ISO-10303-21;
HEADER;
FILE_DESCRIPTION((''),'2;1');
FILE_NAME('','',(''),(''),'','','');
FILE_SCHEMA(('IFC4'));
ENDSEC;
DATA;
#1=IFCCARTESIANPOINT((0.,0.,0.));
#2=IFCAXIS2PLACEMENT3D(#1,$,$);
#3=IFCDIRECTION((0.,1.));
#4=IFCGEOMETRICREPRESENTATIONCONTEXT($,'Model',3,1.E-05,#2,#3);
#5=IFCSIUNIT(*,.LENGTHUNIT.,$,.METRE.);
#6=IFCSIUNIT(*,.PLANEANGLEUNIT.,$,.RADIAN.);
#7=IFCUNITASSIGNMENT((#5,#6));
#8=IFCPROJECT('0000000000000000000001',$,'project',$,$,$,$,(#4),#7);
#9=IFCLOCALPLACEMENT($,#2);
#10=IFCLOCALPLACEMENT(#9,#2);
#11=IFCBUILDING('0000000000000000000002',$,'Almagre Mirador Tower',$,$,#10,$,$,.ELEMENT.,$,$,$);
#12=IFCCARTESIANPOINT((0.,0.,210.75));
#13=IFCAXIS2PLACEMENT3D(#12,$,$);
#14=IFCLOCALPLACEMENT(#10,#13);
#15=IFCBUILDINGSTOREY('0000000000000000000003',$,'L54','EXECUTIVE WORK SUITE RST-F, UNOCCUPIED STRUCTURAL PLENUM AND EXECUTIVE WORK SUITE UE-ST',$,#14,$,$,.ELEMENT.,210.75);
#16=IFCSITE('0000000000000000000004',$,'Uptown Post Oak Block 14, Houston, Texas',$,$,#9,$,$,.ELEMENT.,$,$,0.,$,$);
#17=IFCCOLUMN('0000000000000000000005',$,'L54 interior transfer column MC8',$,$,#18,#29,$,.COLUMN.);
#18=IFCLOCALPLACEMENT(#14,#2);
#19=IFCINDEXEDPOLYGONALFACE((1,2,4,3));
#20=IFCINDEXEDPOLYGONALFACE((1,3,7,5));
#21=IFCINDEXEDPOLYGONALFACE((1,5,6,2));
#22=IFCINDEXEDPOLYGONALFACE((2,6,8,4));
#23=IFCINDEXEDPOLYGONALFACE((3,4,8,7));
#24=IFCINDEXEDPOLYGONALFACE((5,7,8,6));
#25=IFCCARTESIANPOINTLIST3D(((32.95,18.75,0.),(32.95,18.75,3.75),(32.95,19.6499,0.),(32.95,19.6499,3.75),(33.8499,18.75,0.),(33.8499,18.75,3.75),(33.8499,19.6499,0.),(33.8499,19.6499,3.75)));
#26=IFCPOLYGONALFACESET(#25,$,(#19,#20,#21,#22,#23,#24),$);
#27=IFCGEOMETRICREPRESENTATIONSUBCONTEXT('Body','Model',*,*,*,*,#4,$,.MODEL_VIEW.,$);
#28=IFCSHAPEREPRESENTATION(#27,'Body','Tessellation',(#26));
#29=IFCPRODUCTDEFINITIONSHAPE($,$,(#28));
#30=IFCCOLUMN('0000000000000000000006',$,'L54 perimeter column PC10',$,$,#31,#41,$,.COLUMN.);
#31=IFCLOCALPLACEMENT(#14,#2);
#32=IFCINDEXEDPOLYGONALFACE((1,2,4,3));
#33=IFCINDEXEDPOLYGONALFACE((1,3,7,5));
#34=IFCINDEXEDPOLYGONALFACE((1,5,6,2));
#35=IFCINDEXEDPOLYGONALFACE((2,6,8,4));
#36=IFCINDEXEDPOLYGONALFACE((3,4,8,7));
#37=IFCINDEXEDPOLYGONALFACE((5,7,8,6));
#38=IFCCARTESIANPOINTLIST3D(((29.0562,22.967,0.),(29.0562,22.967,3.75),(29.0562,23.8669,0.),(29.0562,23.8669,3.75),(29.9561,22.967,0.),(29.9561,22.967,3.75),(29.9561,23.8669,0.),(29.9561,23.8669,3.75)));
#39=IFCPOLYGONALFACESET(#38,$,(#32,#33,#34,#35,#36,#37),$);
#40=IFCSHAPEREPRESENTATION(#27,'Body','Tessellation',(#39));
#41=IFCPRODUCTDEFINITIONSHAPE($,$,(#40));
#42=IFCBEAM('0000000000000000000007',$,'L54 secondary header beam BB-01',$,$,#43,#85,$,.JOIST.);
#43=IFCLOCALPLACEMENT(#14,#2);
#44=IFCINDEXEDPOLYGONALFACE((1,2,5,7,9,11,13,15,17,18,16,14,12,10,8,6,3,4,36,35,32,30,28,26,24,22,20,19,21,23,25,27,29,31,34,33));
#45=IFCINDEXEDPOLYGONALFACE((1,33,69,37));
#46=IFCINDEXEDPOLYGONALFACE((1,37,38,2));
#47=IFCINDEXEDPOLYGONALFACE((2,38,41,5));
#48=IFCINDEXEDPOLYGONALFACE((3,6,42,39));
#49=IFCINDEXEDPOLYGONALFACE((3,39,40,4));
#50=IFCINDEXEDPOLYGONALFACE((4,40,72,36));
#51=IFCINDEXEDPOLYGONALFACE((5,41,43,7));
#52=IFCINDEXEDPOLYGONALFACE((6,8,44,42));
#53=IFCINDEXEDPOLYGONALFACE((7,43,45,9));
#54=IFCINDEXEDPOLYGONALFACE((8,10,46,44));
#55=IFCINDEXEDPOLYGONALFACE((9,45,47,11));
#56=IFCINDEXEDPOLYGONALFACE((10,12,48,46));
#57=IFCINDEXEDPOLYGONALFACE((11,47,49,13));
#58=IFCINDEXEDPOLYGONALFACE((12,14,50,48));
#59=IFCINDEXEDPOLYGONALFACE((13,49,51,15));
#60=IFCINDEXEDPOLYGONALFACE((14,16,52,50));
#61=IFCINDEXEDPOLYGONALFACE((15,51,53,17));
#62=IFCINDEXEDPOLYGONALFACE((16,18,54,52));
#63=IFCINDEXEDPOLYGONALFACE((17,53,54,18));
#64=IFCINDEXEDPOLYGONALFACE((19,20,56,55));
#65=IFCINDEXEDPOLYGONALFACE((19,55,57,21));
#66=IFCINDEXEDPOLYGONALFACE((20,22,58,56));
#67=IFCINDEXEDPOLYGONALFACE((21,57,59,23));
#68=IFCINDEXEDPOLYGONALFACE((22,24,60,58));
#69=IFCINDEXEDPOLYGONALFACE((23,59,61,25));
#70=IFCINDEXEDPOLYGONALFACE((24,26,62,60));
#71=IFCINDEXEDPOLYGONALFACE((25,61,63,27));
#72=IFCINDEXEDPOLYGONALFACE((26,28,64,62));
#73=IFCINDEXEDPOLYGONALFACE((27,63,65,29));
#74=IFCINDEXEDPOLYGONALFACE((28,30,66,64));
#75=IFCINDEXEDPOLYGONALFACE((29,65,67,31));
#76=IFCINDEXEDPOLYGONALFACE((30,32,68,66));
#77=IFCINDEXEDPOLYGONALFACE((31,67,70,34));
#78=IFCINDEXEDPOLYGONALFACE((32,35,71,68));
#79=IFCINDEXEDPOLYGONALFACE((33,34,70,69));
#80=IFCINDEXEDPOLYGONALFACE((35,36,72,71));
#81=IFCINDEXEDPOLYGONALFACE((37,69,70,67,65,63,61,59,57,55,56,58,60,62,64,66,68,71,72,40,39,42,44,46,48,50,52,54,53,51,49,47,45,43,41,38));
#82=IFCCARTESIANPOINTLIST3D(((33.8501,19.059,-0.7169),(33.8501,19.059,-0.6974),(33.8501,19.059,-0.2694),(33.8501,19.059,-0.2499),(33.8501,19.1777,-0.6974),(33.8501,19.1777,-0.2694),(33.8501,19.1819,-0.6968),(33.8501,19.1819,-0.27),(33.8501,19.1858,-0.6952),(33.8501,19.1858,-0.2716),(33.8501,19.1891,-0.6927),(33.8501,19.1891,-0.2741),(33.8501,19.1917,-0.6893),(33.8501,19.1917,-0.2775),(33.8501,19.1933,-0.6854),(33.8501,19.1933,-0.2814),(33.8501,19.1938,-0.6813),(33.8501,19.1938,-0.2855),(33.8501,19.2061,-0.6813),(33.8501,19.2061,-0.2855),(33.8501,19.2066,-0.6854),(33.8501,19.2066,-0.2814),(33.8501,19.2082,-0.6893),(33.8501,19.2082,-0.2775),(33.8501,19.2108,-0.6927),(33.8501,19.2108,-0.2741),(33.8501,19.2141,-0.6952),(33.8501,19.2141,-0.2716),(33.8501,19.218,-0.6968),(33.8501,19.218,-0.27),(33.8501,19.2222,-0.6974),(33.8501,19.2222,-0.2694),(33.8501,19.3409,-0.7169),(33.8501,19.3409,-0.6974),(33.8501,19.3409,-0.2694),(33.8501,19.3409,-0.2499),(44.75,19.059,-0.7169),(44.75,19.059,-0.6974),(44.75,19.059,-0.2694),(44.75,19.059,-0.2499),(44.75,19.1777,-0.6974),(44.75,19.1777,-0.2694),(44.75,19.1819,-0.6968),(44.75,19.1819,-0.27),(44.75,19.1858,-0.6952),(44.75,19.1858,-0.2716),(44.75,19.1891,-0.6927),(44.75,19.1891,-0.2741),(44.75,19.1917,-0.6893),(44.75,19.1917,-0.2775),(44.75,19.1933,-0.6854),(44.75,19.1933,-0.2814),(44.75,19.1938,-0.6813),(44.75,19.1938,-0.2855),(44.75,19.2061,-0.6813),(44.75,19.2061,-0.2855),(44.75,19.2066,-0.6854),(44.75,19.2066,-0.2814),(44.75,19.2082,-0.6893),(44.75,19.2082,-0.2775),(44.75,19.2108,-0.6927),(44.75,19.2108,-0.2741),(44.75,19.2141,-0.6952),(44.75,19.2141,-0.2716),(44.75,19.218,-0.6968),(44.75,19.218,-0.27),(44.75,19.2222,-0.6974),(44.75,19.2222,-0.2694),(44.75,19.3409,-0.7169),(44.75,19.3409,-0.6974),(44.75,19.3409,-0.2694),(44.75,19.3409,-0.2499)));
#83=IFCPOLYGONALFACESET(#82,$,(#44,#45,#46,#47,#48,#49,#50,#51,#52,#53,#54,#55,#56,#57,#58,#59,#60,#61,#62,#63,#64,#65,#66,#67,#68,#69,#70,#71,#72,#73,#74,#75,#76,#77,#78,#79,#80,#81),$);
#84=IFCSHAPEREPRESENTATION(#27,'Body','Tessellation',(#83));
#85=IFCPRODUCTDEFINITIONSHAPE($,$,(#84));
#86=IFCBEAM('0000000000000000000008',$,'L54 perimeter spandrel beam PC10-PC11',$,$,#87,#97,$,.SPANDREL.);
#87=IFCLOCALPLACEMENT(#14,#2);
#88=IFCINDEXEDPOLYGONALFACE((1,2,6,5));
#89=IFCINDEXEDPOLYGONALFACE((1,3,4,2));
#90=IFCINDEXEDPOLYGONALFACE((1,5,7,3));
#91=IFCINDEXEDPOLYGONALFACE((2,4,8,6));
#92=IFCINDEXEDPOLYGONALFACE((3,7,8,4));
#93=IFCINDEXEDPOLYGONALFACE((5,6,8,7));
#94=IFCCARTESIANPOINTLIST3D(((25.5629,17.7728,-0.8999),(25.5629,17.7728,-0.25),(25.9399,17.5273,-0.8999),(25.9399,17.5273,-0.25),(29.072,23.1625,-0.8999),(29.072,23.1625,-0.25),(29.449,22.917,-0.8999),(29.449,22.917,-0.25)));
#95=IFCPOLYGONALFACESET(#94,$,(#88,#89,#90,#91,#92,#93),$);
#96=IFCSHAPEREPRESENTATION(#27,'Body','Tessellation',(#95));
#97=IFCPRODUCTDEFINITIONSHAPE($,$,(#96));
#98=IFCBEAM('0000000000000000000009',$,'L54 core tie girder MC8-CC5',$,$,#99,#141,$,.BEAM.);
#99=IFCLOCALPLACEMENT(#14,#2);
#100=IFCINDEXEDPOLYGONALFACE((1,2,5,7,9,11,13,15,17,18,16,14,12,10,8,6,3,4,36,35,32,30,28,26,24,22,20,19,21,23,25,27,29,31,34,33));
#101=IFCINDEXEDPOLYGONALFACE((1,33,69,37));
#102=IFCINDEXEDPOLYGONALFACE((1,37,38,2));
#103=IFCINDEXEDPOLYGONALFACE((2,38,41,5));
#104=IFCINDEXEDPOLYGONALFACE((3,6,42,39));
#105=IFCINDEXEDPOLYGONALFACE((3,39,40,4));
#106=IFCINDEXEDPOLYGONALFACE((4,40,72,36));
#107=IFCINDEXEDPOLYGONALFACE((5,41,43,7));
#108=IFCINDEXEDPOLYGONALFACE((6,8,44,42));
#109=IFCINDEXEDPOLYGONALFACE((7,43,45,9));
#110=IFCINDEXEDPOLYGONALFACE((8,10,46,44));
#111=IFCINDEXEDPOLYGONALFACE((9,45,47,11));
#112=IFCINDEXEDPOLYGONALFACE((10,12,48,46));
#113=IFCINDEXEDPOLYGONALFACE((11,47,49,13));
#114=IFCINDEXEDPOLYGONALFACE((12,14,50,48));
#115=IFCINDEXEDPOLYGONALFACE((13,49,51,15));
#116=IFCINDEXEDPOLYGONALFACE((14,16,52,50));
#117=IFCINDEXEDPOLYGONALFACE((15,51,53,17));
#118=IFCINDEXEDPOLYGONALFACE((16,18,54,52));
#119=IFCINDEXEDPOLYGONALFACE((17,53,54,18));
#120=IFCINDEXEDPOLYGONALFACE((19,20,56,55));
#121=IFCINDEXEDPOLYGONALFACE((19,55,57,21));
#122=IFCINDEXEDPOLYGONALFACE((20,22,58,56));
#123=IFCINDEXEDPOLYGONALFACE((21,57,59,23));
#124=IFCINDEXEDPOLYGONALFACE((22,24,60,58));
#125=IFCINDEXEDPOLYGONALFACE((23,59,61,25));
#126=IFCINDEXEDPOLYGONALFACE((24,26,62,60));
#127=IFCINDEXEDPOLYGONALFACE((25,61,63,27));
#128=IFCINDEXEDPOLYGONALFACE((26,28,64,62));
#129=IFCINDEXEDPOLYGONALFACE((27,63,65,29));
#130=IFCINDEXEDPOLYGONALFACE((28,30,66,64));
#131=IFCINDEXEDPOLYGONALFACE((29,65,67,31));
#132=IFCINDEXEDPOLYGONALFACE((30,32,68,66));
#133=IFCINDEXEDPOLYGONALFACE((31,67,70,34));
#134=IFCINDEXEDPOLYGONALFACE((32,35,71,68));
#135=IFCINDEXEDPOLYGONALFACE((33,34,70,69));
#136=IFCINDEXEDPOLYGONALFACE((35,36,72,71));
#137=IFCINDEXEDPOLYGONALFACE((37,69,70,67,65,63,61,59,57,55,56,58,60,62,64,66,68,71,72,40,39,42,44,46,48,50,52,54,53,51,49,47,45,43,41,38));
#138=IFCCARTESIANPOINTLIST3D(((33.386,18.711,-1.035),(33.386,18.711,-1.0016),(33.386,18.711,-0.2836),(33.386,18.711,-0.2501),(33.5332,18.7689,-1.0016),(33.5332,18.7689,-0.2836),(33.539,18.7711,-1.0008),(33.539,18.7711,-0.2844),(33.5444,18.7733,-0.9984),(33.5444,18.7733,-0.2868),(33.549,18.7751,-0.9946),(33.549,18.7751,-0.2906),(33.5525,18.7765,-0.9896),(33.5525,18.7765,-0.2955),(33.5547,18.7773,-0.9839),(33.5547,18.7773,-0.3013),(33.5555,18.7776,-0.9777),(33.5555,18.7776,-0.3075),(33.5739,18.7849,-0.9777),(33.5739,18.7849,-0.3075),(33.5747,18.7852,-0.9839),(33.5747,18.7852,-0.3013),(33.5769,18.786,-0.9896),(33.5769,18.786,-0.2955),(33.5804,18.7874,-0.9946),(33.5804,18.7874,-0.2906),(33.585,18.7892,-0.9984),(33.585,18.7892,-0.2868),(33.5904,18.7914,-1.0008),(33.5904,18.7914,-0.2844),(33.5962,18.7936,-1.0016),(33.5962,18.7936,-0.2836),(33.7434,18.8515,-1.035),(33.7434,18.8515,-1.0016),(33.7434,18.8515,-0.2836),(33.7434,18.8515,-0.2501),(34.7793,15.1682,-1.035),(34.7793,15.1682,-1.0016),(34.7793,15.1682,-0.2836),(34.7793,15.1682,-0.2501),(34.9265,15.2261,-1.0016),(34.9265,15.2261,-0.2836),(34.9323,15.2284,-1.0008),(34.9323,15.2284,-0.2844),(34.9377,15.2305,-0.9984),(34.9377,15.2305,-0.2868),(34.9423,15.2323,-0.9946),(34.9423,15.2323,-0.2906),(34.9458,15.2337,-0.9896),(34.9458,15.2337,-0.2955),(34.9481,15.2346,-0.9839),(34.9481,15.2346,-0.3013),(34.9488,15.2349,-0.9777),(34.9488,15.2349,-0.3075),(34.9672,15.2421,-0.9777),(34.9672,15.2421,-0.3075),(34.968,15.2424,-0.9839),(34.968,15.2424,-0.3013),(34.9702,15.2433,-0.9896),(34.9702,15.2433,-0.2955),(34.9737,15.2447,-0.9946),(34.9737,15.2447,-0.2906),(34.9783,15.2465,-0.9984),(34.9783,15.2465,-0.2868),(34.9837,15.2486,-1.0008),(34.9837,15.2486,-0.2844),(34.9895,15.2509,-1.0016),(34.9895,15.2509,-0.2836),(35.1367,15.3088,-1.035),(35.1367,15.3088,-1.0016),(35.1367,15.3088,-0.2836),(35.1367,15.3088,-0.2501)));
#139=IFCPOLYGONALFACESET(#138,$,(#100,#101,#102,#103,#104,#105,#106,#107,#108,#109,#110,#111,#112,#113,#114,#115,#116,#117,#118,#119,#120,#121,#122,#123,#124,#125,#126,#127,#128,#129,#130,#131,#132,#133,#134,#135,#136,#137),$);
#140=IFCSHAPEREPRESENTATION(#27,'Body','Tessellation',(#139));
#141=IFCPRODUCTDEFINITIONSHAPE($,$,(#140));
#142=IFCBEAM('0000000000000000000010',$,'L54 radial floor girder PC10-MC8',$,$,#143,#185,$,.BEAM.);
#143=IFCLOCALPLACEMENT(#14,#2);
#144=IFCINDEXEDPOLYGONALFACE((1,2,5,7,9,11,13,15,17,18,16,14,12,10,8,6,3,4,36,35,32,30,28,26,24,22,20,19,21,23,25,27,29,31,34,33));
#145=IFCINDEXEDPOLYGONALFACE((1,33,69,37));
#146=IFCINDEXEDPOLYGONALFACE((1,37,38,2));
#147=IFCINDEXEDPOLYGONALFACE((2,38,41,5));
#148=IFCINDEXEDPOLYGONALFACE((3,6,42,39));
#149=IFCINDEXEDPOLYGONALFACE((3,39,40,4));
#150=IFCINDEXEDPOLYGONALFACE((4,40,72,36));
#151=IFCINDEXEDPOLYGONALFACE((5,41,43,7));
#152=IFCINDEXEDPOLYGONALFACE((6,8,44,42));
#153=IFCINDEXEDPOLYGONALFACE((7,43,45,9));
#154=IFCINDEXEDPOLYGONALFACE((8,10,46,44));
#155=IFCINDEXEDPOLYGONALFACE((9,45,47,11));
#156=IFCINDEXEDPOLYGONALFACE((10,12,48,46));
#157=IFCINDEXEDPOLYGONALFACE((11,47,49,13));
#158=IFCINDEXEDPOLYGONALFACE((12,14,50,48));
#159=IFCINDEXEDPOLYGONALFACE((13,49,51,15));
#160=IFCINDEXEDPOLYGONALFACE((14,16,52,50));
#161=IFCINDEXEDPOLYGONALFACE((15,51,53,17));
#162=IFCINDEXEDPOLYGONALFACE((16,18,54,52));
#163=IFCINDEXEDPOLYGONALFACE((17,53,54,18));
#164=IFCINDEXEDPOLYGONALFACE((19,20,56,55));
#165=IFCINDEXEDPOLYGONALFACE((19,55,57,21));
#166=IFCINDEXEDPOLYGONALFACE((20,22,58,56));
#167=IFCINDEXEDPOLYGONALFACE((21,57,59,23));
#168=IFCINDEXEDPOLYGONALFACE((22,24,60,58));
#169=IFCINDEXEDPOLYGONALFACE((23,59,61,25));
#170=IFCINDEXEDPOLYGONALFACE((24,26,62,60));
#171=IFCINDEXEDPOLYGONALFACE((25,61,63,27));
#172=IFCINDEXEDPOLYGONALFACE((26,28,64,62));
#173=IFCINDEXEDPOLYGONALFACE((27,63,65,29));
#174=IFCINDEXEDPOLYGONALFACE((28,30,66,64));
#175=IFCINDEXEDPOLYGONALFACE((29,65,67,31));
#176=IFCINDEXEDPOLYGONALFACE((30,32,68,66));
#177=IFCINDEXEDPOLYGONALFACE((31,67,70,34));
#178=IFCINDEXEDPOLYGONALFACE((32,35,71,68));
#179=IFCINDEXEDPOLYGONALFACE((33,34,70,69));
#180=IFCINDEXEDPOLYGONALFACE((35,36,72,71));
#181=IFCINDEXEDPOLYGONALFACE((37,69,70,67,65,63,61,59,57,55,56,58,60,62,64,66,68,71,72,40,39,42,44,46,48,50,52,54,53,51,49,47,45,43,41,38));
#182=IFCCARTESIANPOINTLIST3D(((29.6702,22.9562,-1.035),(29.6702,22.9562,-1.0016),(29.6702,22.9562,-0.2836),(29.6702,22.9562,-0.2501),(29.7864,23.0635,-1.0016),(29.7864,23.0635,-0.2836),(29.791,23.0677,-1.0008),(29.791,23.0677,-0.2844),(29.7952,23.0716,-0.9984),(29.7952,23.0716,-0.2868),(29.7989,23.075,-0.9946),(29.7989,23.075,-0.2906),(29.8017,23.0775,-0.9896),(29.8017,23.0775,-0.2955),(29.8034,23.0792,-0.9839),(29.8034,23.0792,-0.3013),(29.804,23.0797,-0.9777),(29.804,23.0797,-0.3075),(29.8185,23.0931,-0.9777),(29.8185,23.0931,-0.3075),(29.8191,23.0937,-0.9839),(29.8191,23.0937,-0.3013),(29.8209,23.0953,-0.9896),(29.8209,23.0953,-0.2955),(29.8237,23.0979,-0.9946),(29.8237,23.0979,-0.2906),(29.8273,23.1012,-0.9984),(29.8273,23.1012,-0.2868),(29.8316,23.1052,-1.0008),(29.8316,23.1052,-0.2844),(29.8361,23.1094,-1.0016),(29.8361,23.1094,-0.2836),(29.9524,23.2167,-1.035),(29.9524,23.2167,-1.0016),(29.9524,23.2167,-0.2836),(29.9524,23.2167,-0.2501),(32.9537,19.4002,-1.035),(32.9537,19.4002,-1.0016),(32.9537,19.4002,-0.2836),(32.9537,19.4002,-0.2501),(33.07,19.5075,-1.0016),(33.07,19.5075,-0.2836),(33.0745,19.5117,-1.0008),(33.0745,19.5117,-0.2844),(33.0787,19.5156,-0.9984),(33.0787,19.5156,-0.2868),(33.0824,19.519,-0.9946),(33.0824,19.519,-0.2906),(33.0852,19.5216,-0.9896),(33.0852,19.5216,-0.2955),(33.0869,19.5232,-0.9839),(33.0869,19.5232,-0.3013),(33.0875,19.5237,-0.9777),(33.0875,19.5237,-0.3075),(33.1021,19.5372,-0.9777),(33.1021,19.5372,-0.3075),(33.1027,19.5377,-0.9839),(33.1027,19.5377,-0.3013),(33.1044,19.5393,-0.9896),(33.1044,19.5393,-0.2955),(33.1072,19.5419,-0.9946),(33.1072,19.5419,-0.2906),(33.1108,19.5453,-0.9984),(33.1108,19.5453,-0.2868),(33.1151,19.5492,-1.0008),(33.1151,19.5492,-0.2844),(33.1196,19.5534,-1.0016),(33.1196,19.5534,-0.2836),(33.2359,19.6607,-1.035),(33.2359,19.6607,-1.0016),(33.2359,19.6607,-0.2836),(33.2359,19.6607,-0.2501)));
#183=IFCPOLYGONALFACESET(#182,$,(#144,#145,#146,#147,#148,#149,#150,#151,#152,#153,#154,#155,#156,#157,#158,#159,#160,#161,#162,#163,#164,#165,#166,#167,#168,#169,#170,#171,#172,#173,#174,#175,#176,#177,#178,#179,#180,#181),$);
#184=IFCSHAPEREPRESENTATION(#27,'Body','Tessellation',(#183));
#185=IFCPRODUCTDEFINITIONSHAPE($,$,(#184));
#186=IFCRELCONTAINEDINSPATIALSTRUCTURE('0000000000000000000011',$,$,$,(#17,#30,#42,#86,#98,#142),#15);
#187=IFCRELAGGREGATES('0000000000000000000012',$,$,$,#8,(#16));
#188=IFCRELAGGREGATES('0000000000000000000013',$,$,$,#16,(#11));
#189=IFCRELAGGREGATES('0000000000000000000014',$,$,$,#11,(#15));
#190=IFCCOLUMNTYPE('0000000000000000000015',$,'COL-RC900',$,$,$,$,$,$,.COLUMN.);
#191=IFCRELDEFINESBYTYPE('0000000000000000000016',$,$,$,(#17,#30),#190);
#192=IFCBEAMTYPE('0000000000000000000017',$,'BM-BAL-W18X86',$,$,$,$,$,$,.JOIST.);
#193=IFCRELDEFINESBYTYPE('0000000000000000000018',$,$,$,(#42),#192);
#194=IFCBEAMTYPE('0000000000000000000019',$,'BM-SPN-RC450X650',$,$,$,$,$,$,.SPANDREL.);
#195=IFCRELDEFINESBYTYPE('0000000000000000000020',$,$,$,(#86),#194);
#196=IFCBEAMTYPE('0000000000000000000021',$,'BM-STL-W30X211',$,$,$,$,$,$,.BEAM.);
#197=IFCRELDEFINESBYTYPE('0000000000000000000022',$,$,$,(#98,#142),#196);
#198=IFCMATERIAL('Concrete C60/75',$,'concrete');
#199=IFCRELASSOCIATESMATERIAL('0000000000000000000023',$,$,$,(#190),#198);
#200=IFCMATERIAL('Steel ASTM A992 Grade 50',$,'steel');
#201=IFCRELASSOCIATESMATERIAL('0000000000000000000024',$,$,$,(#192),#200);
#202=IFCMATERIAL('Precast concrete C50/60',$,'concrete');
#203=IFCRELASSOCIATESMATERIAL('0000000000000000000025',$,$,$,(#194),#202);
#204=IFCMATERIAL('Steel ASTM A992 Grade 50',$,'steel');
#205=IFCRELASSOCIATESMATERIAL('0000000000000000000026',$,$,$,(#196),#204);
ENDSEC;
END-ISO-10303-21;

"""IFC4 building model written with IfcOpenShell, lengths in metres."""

from ifc_helpers import new_model, si_unit, direction, frame, origin, origin_2d, place, context, subcontext, project, spatial, rectangle, i_section, extrude, material, material_profile, profile_set, type_object, element, save


model = new_model("IFC4")

# Units and contexts
model_context = context("Model", 3, precision=1e-05, world=origin(), true_north=direction((0.0, 1.0)))
body_context = subcontext(model_context, "Body", "Model", "MODEL_VIEW")
ifc_project = project(units=[si_unit("LENGTHUNIT", "METRE"), si_unit("PLANEANGLEUNIT", "RADIAN")], contexts=[model_context])

# Site, building, storey
site_placement = place(None, origin())
site = spatial("IfcSite", under=ifc_project, at=site_placement, Name="Uptown Post Oak Block 14, Houston, Texas", CompositionType="ELEMENT", RefElevation=0.0)
building_placement = place(site_placement, origin())
building = spatial("IfcBuilding", under=site, at=building_placement, Name="Almagre Mirador Tower", CompositionType="ELEMENT")
storey_placement = place(building_placement, frame((0.0, 0.0, 210.75)))
storey = spatial("IfcBuildingStorey", under=building, at=storey_placement, Name="L54", Description="EXECUTIVE WORK SUITE RST-F, UNOCCUPIED STRUCTURAL PLENUM AND EXECUTIVE WORK SUITE UE-ST", CompositionType="ELEMENT", Elevation=210.75)

# Columns
ifc_material_1 = material(Name="Concrete C60/75", Category="concrete")
ifc_material_profile_1 = material_profile(ifc_material_1, rectangle(XDim=0.8999, YDim=0.8999, at=origin_2d()), Name="RC900X900")
ifc_profile_set_1 = profile_set([ifc_material_profile_1], Name="Concrete C60/75")
column_type = type_object("IfcColumnType", Name="COL-RC900", PredefinedType="COLUMN", material=ifc_profile_set_1)
for number, where, z_axis, x_axis, name in (
    (1, (33.3999, 19.2, 0.0), (0.0, 0.0, 1.0), (1.0, 0.0, 0.0), "L54 interior transfer column MC8"),
    (2, (29.5061, 23.417, 0.0), (0.0, 0.0, 1.0), (1.0, 0.0, 0.0), "L54 perimeter column PC10"),
):
    element("IfcColumn", number, at=place(storey_placement, frame(where, z_axis=z_axis, x_axis=x_axis)), inside=storey, type_object=column_type, Name=name, PredefinedType="COLUMN", context=body_context, shape_type="SweptSolid", body=[
        extrude(rectangle(XDim=0.8999, YDim=0.8999, at=origin_2d()), origin(), (0.0, 0.0, 1.0), 3.75),
    ])

# Beams
ifc_material_2 = material(Name="Steel ASTM A992 Grade 50", Category="steel")
ifc_material_profile_2 = material_profile(ifc_material_2, i_section(OverallWidth=0.282, OverallDepth=0.467, WebThickness=0.0122, FlangeThickness=0.0195, FilletRadius=0.0161, at=origin_2d()), Name="W18X86")
ifc_profile_set_2 = profile_set([ifc_material_profile_2], Name="Steel ASTM A992 Grade 50")
beam_type_1 = type_object("IfcBeamType", Name="BM-BAL-W18X86", PredefinedType="JOIST", material=ifc_profile_set_2)
beam_1_placement = place(storey_placement, frame((33.8501, 19.2, -0.4834), z_axis=(1.0, 0.0, 0.0), x_axis=(0.0, 1.0, 0.0)))
element("IfcBeam", 3, at=beam_1_placement, inside=storey, type_object=beam_type_1, Name="L54 secondary header beam BB-01", PredefinedType="JOIST", context=body_context, shape_type="SweptSolid", body=[
    extrude(i_section(OverallWidth=0.282, OverallDepth=0.467, WebThickness=0.0122, FlangeThickness=0.0195, FilletRadius=0.0161, at=origin_2d()), origin(), (0.0, 0.0, 1.0), 10.8999),
])
ifc_material_3 = material(Name="Precast concrete C50/60", Category="concrete")
ifc_material_profile_3 = material_profile(ifc_material_3, rectangle(XDim=0.45, YDim=0.6499, at=origin_2d()), Name="RC450X650")
ifc_profile_set_3 = profile_set([ifc_material_profile_3], Name="Precast concrete C50/60")
beam_type_2 = type_object("IfcBeamType", Name="BM-SPN-RC450X650", PredefinedType="SPANDREL", material=ifc_profile_set_3)
beam_2_placement = place(storey_placement, frame((29.2605, 23.0398, -0.575), z_axis=(-0.545618, -0.838034, 0.0), x_axis=(0.838034, -0.545618, 0.0)))
element("IfcBeam", 4, at=beam_2_placement, inside=storey, type_object=beam_type_2, Name="L54 perimeter spandrel beam PC10-PC11", PredefinedType="SPANDREL", context=body_context, shape_type="SweptSolid", body=[
    extrude(rectangle(XDim=0.45, YDim=0.6499, at=origin_2d()), origin(), (0.0, 0.0, 1.0), 6.4314),
])
ifc_material_4 = material(Name="Steel ASTM A992 Grade 50", Category="steel")
ifc_material_profile_4 = material_profile(ifc_material_4, i_section(OverallWidth=0.384, OverallDepth=0.7849, WebThickness=0.0198, FlangeThickness=0.0334, FilletRadius=0.0239, at=origin_2d()), Name="W30X211")
ifc_profile_set_4 = profile_set([ifc_material_profile_4], Name="Steel ASTM A992 Grade 50")
beam_type_3 = type_object("IfcBeamType", Name="BM-STL-W30X211", PredefinedType="BEAM", material=ifc_profile_set_4)
beam_3_placement = place(storey_placement, frame((33.5647, 18.7812, -0.6426), z_axis=(0.366, -0.930615, 0.0), x_axis=(0.930615, 0.366, 0.0)))
element("IfcBeam", 5, at=beam_3_placement, inside=storey, type_object=beam_type_3, Name="L54 core tie girder MC8-CC5", PredefinedType="BEAM", context=body_context, shape_type="SweptSolid", body=[
    extrude(i_section(OverallWidth=0.384, OverallDepth=0.7849, WebThickness=0.0198, FlangeThickness=0.0334, FilletRadius=0.0239, at=origin_2d()), origin(), (0.0, 0.0, 1.0), 3.8069),
])
beam_4_placement = place(storey_placement, frame((29.8113, 23.0864, -0.6426), z_axis=(0.6784, -0.734693, 0.0), x_axis=(0.734693, 0.6784, 0.0)))
element("IfcBeam", 6, at=beam_4_placement, inside=storey, type_object=beam_type_3, Name="L54 radial floor girder PC10-MC8", PredefinedType="BEAM", context=body_context, shape_type="SweptSolid", body=[
    extrude(i_section(OverallWidth=0.384, OverallDepth=0.7849, WebThickness=0.0198, FlangeThickness=0.0334, FilletRadius=0.0239, at=origin_2d()), origin(), (0.0, 0.0, 1.0), 4.8401),
])

save(model, "model.ifc")
